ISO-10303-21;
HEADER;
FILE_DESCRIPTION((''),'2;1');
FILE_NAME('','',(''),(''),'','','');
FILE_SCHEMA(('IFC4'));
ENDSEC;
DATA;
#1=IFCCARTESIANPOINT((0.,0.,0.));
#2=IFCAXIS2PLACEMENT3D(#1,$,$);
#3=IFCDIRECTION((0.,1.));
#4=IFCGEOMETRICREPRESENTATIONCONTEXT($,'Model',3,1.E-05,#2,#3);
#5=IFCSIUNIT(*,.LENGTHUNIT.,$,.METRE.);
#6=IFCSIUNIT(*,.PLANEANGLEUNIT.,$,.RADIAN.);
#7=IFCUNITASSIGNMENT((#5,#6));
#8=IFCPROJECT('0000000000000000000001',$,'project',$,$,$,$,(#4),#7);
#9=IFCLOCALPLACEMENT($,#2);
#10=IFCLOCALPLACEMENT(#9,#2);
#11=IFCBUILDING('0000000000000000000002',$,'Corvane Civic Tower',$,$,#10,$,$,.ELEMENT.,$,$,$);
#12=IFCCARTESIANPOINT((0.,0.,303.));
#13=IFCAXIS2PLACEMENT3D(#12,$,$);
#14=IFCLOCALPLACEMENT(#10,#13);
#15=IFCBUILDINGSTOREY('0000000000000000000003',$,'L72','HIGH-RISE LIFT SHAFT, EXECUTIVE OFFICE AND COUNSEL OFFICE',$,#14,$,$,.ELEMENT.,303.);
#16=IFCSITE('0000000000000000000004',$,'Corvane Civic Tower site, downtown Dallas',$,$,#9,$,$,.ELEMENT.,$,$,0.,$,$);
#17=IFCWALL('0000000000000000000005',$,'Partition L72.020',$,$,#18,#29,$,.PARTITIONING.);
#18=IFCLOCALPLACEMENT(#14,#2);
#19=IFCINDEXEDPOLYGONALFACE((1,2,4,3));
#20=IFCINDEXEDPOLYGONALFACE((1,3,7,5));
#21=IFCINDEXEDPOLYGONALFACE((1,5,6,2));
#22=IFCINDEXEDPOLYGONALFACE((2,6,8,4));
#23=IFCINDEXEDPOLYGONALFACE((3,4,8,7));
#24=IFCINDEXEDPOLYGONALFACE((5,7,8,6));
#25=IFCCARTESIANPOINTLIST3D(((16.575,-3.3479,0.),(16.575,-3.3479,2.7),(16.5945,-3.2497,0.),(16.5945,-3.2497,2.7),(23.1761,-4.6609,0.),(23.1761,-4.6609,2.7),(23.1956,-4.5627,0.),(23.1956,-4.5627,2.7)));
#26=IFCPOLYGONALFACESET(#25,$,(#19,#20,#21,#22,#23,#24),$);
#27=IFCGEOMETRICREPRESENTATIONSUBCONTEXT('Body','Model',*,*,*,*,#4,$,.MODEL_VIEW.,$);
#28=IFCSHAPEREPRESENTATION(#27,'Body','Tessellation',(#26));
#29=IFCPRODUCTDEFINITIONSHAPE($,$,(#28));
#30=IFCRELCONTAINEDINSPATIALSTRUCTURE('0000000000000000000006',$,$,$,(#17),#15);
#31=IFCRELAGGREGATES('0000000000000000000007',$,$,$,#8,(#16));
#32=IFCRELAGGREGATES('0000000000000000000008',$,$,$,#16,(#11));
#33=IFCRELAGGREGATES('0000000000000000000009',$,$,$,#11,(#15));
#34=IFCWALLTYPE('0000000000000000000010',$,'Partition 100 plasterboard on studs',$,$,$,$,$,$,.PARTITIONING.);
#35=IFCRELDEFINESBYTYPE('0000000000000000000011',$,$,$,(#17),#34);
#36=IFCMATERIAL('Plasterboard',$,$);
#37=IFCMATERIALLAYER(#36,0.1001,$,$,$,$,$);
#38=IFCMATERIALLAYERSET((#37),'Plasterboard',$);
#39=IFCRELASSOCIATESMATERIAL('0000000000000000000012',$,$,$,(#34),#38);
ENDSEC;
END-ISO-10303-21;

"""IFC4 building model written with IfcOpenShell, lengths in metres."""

from ifc_helpers import new_model, si_unit, direction, frame, frame_2d, origin, place, context, subcontext, project, spatial, rectangle, extrude, material, layer, layer_set, type_object, element, save


model = new_model("IFC4")

# Units and contexts
model_context = context("Model", 3, precision=1e-05, world=origin(), true_north=direction((0.0, 1.0)))
body_context = subcontext(model_context, "Body", "Model", "MODEL_VIEW")
ifc_project = project(units=[si_unit("LENGTHUNIT", "METRE"), si_unit("PLANEANGLEUNIT", "RADIAN")], contexts=[model_context])

# Site, building, storey
site_placement = place(None, origin())
site = spatial("IfcSite", under=ifc_project, at=site_placement, Name="Corvane Civic Tower site, downtown Dallas", CompositionType="ELEMENT", RefElevation=0.0)
building_placement = place(site_placement, origin())
building = spatial("IfcBuilding", under=site, at=building_placement, Name="Corvane Civic Tower", CompositionType="ELEMENT")
storey_placement = place(building_placement, frame((0.0, 0.0, 303.0)))
storey = spatial("IfcBuildingStorey", under=building, at=storey_placement, Name="L72", Description="HIGH-RISE LIFT SHAFT, EXECUTIVE OFFICE AND COUNSEL OFFICE", CompositionType="ELEMENT", Elevation=303.0)

# Shared definitions
ifc_material_1 = material(Name="Plasterboard")
ifc_layer_1 = layer(ifc_material_1, 0.1001)
ifc_layer_set_1 = layer_set([ifc_layer_1], Name="Plasterboard")
wall_type = type_object("IfcWallType", Name="Partition 100 plasterboard on studs", PredefinedType="PARTITIONING", material=ifc_layer_set_1)

# Wall
wall_1_placement = place(storey_placement, frame((16.5847, -3.2988, 0.0), z_axis=(0.0, 0.0, 1.0), x_axis=(0.980787, -0.195084, 0.0)))
element("IfcWall", 1, at=wall_1_placement, inside=storey, type_object=wall_type, Name="Partition L72.020", PredefinedType="PARTITIONING", context=body_context, shape_type="SweptSolid", body=[
    extrude(rectangle(XDim=6.7305, YDim=0.1001, at=frame_2d((3.3652, 0.0))), origin(), (0.0, 0.0, 1.0), 2.7),
])

save(model, "model.ifc")
